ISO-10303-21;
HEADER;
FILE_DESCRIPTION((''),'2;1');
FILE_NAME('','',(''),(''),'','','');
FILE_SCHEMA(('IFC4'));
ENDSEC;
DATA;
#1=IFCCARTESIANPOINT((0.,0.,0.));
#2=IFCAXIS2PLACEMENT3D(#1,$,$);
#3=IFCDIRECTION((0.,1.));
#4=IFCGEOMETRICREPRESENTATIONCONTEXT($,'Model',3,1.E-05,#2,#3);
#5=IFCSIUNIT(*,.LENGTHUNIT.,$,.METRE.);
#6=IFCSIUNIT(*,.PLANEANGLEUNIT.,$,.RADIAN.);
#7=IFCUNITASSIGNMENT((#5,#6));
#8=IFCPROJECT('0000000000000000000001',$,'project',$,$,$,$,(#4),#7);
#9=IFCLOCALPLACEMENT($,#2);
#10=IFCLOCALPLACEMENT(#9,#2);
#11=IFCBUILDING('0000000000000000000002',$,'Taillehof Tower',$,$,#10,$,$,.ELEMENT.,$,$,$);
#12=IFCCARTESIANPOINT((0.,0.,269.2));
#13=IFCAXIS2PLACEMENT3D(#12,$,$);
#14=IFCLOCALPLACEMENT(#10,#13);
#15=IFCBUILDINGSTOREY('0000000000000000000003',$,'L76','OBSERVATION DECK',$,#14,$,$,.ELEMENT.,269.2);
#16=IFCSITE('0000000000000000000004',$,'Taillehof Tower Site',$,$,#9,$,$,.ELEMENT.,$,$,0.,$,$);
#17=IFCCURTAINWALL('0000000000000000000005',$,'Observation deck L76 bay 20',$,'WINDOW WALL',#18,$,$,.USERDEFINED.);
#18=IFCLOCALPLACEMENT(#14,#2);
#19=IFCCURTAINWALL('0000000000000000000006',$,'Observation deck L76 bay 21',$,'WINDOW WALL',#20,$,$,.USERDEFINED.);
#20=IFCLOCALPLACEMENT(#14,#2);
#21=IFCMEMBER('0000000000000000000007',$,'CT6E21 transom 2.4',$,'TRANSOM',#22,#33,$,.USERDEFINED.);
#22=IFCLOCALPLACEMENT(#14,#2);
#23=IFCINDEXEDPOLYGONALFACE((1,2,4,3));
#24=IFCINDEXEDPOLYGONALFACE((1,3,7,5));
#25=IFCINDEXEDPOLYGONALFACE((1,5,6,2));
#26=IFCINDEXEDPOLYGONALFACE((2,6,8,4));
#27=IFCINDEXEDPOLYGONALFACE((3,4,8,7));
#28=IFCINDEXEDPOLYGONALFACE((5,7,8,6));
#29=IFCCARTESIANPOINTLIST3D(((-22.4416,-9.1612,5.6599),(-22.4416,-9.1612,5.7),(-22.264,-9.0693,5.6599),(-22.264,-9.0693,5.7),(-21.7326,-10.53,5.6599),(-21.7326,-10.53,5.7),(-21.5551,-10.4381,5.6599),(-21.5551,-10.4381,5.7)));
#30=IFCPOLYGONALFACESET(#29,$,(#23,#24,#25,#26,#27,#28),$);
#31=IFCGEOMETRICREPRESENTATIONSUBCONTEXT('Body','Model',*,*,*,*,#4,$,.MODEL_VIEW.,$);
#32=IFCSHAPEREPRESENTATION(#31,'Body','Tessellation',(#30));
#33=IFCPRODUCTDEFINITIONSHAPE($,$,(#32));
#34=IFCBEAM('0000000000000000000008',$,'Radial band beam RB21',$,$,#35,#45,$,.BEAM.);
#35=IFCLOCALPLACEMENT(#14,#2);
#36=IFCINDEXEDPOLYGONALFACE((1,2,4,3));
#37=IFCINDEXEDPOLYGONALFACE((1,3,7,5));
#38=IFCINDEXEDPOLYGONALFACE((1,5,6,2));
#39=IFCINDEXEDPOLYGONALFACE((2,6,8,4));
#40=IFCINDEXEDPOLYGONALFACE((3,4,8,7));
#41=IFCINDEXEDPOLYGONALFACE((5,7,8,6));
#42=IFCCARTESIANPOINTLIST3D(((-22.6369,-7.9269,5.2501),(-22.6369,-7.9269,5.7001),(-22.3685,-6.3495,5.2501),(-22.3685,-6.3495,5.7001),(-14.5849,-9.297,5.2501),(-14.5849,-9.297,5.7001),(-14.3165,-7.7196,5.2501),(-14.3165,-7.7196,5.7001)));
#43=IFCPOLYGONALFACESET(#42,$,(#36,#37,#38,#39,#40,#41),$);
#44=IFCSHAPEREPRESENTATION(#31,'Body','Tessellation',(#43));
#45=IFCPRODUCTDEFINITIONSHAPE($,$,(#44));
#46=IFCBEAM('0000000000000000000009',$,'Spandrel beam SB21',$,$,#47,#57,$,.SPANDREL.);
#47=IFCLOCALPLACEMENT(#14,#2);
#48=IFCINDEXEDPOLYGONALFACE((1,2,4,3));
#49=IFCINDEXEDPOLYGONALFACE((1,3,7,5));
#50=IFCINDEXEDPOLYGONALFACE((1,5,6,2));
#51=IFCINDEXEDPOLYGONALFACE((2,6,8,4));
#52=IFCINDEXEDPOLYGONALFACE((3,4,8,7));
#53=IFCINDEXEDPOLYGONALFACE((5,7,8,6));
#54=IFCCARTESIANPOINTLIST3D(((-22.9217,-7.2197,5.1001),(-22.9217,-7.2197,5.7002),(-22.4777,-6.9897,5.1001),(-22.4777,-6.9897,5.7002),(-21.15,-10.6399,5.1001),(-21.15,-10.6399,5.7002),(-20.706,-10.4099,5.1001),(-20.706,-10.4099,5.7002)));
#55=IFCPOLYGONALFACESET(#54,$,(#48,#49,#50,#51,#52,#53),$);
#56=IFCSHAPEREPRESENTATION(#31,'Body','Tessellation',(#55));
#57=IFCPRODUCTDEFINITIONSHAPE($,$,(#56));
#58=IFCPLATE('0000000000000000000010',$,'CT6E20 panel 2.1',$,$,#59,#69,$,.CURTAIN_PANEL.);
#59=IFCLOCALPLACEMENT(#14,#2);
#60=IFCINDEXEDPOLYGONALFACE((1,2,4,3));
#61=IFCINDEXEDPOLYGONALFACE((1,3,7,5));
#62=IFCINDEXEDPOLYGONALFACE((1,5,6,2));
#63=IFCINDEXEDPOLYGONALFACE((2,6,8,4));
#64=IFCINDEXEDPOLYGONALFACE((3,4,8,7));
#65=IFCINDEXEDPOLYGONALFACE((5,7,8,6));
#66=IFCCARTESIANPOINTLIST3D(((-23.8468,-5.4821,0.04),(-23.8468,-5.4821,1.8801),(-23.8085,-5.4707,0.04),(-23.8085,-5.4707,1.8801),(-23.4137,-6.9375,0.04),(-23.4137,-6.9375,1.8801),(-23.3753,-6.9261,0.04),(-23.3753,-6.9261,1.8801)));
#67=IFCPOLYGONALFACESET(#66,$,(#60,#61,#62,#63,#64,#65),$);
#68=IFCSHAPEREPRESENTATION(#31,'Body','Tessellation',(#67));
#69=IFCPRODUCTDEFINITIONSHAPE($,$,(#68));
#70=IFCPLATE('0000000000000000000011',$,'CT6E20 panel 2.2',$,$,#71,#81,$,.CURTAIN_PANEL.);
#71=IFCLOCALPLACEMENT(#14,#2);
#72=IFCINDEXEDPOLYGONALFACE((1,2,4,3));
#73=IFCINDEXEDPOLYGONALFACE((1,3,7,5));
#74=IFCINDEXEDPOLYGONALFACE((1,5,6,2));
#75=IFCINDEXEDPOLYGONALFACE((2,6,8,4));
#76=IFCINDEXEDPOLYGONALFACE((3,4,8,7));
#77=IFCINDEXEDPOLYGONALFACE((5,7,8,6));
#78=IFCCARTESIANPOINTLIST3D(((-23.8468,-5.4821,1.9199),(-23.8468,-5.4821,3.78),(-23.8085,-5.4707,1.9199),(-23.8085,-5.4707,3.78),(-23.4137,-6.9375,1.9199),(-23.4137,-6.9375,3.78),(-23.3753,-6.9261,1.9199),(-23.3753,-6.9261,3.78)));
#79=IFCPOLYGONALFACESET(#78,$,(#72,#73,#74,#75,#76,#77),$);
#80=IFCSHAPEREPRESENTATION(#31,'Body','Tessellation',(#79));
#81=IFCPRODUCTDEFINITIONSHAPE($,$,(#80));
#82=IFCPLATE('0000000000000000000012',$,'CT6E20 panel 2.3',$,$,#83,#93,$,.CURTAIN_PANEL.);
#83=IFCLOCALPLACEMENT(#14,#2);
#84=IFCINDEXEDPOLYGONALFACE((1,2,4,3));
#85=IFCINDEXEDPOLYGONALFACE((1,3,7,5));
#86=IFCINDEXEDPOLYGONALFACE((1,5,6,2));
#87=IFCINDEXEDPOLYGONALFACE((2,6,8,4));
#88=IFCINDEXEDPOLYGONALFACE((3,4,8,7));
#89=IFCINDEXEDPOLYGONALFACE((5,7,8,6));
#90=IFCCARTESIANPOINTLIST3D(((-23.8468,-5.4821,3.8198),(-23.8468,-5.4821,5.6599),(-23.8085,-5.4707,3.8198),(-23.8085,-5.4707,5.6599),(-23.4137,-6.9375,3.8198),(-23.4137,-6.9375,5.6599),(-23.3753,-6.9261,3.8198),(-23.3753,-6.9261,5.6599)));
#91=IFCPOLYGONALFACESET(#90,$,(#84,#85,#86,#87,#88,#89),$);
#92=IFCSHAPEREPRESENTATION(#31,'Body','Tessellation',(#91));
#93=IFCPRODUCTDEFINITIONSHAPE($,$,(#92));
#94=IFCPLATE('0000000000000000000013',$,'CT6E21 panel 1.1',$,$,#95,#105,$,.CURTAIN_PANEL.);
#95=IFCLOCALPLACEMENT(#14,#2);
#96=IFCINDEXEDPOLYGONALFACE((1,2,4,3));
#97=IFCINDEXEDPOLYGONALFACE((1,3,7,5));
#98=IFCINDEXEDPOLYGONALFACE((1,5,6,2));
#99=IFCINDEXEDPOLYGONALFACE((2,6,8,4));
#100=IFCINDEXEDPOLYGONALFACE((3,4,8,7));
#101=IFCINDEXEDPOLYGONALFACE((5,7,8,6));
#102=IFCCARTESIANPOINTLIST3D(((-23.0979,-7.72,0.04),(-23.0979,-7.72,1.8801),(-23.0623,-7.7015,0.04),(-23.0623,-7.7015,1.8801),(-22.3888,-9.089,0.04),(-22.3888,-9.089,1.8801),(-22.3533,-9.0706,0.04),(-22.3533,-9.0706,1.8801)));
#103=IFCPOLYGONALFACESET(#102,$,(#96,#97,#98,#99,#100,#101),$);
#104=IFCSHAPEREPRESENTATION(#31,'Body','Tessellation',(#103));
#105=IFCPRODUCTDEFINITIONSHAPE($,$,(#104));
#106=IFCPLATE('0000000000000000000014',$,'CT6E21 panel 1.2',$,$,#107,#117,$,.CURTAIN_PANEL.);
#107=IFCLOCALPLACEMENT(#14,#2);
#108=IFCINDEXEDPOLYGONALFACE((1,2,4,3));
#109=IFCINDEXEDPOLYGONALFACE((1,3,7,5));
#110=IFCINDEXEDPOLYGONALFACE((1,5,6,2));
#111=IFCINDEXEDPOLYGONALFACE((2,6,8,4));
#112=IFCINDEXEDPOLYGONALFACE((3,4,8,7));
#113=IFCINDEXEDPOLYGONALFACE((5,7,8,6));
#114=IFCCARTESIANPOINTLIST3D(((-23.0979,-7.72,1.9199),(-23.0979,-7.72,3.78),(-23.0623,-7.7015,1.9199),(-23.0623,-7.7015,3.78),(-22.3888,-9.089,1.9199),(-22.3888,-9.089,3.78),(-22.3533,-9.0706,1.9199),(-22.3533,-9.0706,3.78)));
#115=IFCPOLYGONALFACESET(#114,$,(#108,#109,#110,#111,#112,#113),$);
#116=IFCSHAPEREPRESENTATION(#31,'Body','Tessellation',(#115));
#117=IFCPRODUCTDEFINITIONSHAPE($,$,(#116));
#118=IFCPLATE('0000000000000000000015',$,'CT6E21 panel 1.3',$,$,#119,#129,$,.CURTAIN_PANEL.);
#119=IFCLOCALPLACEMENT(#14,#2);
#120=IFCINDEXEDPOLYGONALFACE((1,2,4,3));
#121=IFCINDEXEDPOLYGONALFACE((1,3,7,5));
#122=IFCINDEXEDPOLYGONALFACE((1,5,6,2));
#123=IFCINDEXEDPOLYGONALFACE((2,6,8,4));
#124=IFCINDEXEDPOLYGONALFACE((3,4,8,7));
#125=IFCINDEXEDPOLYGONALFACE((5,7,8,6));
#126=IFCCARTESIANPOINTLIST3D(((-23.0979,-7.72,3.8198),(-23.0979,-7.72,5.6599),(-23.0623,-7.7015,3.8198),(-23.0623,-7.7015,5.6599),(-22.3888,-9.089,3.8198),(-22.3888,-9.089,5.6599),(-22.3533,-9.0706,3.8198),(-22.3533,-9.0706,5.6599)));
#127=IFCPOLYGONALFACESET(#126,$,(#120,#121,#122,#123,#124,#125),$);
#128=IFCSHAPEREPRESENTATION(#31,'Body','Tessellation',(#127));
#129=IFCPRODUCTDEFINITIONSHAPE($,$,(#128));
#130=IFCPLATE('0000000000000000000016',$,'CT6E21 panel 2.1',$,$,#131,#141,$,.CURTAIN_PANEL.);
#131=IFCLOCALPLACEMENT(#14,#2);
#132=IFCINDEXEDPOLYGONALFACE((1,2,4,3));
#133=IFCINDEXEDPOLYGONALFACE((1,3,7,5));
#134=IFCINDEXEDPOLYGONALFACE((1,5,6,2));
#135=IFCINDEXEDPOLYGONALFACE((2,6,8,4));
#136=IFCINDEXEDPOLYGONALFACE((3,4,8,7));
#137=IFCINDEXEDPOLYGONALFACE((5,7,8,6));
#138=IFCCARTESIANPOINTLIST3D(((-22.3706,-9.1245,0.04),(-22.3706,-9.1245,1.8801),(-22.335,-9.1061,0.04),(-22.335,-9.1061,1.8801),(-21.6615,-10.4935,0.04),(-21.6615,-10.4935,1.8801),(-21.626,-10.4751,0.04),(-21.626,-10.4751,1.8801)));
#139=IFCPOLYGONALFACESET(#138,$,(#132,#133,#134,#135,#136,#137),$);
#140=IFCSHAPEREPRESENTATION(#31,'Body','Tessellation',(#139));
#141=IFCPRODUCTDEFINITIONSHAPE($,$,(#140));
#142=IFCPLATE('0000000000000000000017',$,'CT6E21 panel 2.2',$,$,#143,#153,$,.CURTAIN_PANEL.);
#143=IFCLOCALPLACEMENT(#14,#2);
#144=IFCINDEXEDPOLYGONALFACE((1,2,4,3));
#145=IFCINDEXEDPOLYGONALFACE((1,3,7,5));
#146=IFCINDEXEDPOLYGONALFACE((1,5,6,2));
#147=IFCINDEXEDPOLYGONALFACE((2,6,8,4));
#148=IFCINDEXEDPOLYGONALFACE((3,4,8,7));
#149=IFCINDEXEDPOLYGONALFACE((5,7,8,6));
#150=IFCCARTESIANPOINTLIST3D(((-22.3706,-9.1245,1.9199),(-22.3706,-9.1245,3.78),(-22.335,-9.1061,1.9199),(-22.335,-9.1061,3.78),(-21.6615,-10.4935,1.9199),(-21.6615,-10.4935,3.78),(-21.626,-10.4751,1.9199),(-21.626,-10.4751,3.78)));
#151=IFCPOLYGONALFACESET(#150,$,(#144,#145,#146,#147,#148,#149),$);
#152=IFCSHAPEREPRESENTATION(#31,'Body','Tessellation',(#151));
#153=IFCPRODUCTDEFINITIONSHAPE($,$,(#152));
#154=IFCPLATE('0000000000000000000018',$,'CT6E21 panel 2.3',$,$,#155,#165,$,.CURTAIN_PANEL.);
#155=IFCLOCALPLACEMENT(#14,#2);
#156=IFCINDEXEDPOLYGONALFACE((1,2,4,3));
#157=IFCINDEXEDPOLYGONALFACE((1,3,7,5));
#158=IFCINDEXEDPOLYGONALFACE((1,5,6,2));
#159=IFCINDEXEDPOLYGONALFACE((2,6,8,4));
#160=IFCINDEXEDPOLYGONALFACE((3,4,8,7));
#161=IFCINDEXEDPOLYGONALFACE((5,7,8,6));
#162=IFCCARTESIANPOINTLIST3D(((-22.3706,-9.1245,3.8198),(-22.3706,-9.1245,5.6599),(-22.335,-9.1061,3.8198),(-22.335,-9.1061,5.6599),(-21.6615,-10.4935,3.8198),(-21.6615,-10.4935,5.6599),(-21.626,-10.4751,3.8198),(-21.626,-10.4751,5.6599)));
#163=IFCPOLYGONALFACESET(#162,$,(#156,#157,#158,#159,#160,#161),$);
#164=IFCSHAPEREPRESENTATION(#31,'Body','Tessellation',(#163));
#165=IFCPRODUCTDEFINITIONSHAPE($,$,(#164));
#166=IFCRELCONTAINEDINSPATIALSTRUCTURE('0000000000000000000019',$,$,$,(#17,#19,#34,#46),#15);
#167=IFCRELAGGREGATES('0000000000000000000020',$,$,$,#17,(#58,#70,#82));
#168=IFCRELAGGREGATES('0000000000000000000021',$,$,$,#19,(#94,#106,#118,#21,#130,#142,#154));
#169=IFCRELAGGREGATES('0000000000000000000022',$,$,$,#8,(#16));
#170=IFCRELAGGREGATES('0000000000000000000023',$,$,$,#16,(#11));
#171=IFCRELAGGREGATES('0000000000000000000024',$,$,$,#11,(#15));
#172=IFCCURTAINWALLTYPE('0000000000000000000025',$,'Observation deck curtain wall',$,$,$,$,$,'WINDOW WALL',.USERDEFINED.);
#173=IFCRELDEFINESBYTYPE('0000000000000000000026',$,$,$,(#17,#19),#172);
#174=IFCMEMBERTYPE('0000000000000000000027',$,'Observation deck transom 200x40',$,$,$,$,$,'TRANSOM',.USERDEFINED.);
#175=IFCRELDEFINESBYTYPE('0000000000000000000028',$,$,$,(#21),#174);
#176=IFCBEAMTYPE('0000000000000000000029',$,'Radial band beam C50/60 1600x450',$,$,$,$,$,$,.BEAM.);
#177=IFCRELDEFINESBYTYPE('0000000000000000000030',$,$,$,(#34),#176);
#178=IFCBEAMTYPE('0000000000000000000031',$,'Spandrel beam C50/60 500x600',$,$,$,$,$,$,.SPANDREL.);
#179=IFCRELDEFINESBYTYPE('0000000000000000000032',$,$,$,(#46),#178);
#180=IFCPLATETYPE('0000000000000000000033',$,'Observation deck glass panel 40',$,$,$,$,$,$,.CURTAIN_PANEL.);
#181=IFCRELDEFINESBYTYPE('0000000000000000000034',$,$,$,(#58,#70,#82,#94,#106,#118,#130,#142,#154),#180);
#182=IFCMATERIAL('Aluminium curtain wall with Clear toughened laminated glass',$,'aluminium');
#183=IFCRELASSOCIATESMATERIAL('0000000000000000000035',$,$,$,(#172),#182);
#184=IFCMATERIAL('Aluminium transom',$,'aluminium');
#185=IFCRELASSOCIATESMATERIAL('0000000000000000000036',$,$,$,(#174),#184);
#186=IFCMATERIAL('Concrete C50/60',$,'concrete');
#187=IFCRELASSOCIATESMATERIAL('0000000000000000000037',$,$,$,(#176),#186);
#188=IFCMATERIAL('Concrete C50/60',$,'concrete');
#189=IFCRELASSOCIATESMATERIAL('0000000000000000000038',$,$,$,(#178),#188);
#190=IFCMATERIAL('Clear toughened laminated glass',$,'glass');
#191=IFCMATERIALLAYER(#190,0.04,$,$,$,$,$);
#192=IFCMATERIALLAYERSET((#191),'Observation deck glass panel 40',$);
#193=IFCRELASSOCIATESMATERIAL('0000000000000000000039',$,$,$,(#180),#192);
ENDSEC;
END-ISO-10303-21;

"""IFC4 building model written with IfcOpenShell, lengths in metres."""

from ifc_helpers import new_model, si_unit, direction, frame, origin, origin_2d, place, context, subcontext, project, spatial, rectangle, extrude, material, layer, layer_set, material_profile, profile_set, type_object, element, aggregate, save


model = new_model("IFC4")

# Units and contexts
model_context = context("Model", 3, precision=1e-05, world=origin(), true_north=direction((0.0, 1.0)))
body_context = subcontext(model_context, "Body", "Model", "MODEL_VIEW")
ifc_project = project(units=[si_unit("LENGTHUNIT", "METRE"), si_unit("PLANEANGLEUNIT", "RADIAN")], contexts=[model_context])

# Site, building, storey
site_placement = place(None, origin())
site = spatial("IfcSite", under=ifc_project, at=site_placement, Name="Taillehof Tower Site", CompositionType="ELEMENT", RefElevation=0.0)
building_placement = place(site_placement, origin())
building = spatial("IfcBuilding", under=site, at=building_placement, Name="Taillehof Tower", CompositionType="ELEMENT")
storey_placement = place(building_placement, frame((0.0, 0.0, 269.2)))
storey = spatial("IfcBuildingStorey", under=building, at=storey_placement, Name="L76", Description="OBSERVATION DECK", CompositionType="ELEMENT", Elevation=269.2)

# Curtain wall
ifc_material_1 = material(Name="Aluminium curtain wall with Clear toughened laminated glass", Category="aluminium")
curtain_wall_type = type_object("IfcCurtainWallType", Name="Observation deck curtain wall", ElementType="WINDOW WALL", PredefinedType="USERDEFINED", material=ifc_material_1)
curtain_wall_1_placement = place(storey_placement, origin())
curtain_wall_1 = element("IfcCurtainWall", 1, at=curtain_wall_1_placement, inside=storey, type_object=curtain_wall_type, Name="Observation deck L76 bay 20", ObjectType="WINDOW WALL", PredefinedType="USERDEFINED")

# Curtain wall
curtain_wall_2_placement = place(storey_placement, origin())
curtain_wall_2 = element("IfcCurtainWall", 2, at=curtain_wall_2_placement, inside=storey, type_object=curtain_wall_type, Name="Observation deck L76 bay 21", ObjectType="WINDOW WALL", PredefinedType="USERDEFINED")

# Member
ifc_material_2 = material(Name="Aluminium transom", Category="aluminium")
ifc_material_profile_1 = material_profile(ifc_material_2, rectangle(XDim=0.2, YDim=0.04, at=origin_2d()), Name="AL 200x40")
ifc_profile_set_1 = profile_set([ifc_material_profile_1], Name="Aluminium transom")
member_type_1 = type_object("IfcMemberType", Name="Observation deck transom 200x40", ElementType="TRANSOM", PredefinedType="USERDEFINED", material=ifc_profile_set_1)
member_1_placement = place(storey_placement, frame((-22.3528, -9.1152, 5.6799), z_axis=(0.459901, -0.88797, 0.0), x_axis=(0.88797, 0.459901, 0.0)))
member_1 = element("IfcMember", 3, at=member_1_placement, type_object=member_type_1, Name="CT6E21 transom 2.4", ObjectType="TRANSOM", PredefinedType="USERDEFINED", context=body_context, shape_type="SweptSolid", body=[
    extrude(rectangle(XDim=0.2, YDim=0.04, at=origin_2d()), origin(), (0.0, 0.0, 1.0), 1.5415),
])

# Beams
ifc_material_3 = material(Name="Concrete C50/60", Category="concrete")
ifc_material_profile_2 = material_profile(ifc_material_3, rectangle(XDim=1.6001, YDim=0.45, at=origin_2d()), Name="RC 1600x450")
ifc_profile_set_2 = profile_set([ifc_material_profile_2], Name="Concrete C50/60")
beam_type_1 = type_object("IfcBeamType", Name="Radial band beam C50/60 1600x450", PredefinedType="BEAM", material=ifc_profile_set_2)
beam_1_placement = place(storey_placement, frame((-22.5027, -7.1382, 5.4751), z_axis=(0.98583, -0.167747, 0.0), x_axis=(0.167747, 0.98583, 0.0)))
element("IfcBeam", 4, at=beam_1_placement, inside=storey, type_object=beam_type_1, Name="Radial band beam RB21", PredefinedType="BEAM", context=body_context, shape_type="SweptSolid", body=[
    extrude(rectangle(XDim=1.6001, YDim=0.45, at=origin_2d()), origin(), (0.0, 0.0, 1.0), 8.1677),
])
ifc_material_4 = material(Name="Concrete C50/60", Category="concrete")
ifc_material_profile_3 = material_profile(ifc_material_4, rectangle(XDim=0.5, YDim=0.6001, at=origin_2d()), Name="RC 500x600")
ifc_profile_set_3 = profile_set([ifc_material_profile_3], Name="Concrete C50/60")
beam_type_2 = type_object("IfcBeamType", Name="Spandrel beam C50/60 500x600", PredefinedType="SPANDREL", material=ifc_profile_set_3)
beam_2_placement = place(storey_placement, frame((-22.6997, -7.1047, 5.4001), z_axis=(0.459971, -0.887934, 0.0), x_axis=(0.887934, 0.459971, 0.0)))
element("IfcBeam", 5, at=beam_2_placement, inside=storey, type_object=beam_type_2, Name="Spandrel beam SB21", PredefinedType="SPANDREL", context=body_context, shape_type="SweptSolid", body=[
    extrude(rectangle(XDim=0.5, YDim=0.6001, at=origin_2d()), origin(), (0.0, 0.0, 1.0), 3.8518),
])

# Plates
ifc_material_5 = material(Name="Clear toughened laminated glass", Category="glass")
ifc_layer = layer(ifc_material_5, 0.04)
ifc_layer_set = layer_set([ifc_layer], Name="Observation deck glass panel 40")
plate_type = type_object("IfcPlateType", Name="Observation deck glass panel 40", PredefinedType="CURTAIN_PANEL", material=ifc_layer_set)
plate_1_placement = place(storey_placement, frame((-23.6111, -6.2041, 0.04), z_axis=(0.0, 0.0, 1.0), x_axis=(0.285236, -0.958457, 0.0)))
plate_1 = element("IfcPlate", 6, at=plate_1_placement, type_object=plate_type, Name="CT6E20 panel 2.1", PredefinedType="CURTAIN_PANEL", context=body_context, shape_type="SweptSolid", body=[
    extrude(rectangle(XDim=1.5186, YDim=0.04, at=origin_2d()), origin(), (0.0, 0.0, 1.0), 1.8401),
])
plate_2_placement = place(storey_placement, frame((-23.6111, -6.2041, 1.9199), z_axis=(0.0, 0.0, 1.0), x_axis=(0.285236, -0.958457, 0.0)))
plate_2 = element("IfcPlate", 7, at=plate_2_placement, type_object=plate_type, Name="CT6E20 panel 2.2", PredefinedType="CURTAIN_PANEL", context=body_context, shape_type="SweptSolid", body=[
    extrude(rectangle(XDim=1.5186, YDim=0.04, at=origin_2d()), origin(), (0.0, 0.0, 1.0), 1.8601),
])
plate_3_placement = place(storey_placement, frame((-23.6111, -6.2041, 3.8198), z_axis=(0.0, 0.0, 1.0), x_axis=(0.285236, -0.958457, 0.0)))
plate_3 = element("IfcPlate", 8, at=plate_3_placement, type_object=plate_type, Name="CT6E20 panel 2.3", PredefinedType="CURTAIN_PANEL", context=body_context, shape_type="SweptSolid", body=[
    extrude(rectangle(XDim=1.5186, YDim=0.04, at=origin_2d()), origin(), (0.0, 0.0, 1.0), 1.8401),
])
aggregate(curtain_wall_1, [plate_1, plate_2, plate_3])
plate_4_placement = place(storey_placement, frame((-22.7256, -8.3953, 0.04), z_axis=(0.0, 0.0, 1.0), x_axis=(0.459891, -0.887975, 0.0)))
plate_4 = element("IfcPlate", 9, at=plate_4_placement, type_object=plate_type, Name="CT6E21 panel 1.1", PredefinedType="CURTAIN_PANEL", context=body_context, shape_type="SweptSolid", body=[
    extrude(rectangle(XDim=1.5417, YDim=0.04, at=origin_2d()), origin(), (0.0, 0.0, 1.0), 1.8401),
])
plate_5_placement = place(storey_placement, frame((-22.7256, -8.3953, 1.9199), z_axis=(0.0, 0.0, 1.0), x_axis=(0.459891, -0.887975, 0.0)))
plate_5 = element("IfcPlate", 10, at=plate_5_placement, type_object=plate_type, Name="CT6E21 panel 1.2", PredefinedType="CURTAIN_PANEL", context=body_context, shape_type="SweptSolid", body=[
    extrude(rectangle(XDim=1.5417, YDim=0.04, at=origin_2d()), origin(), (0.0, 0.0, 1.0), 1.8601),
])
plate_6_placement = place(storey_placement, frame((-22.7256, -8.3953, 3.8198), z_axis=(0.0, 0.0, 1.0), x_axis=(0.459891, -0.887975, 0.0)))
plate_6 = element("IfcPlate", 11, at=plate_6_placement, type_object=plate_type, Name="CT6E21 panel 1.3", PredefinedType="CURTAIN_PANEL", context=body_context, shape_type="SweptSolid", body=[
    extrude(rectangle(XDim=1.5417, YDim=0.04, at=origin_2d()), origin(), (0.0, 0.0, 1.0), 1.8401),
])
plate_7_placement = place(storey_placement, frame((-21.9983, -9.7998, 0.04), z_axis=(0.0, 0.0, 1.0), x_axis=(0.459891, -0.887975, 0.0)))
plate_7 = element("IfcPlate", 12, at=plate_7_placement, type_object=plate_type, Name="CT6E21 panel 2.1", PredefinedType="CURTAIN_PANEL", context=body_context, shape_type="SweptSolid", body=[
    extrude(rectangle(XDim=1.5417, YDim=0.04, at=origin_2d()), origin(), (0.0, 0.0, 1.0), 1.8401),
])
plate_8_placement = place(storey_placement, frame((-21.9983, -9.7998, 1.9199), z_axis=(0.0, 0.0, 1.0), x_axis=(0.459891, -0.887975, 0.0)))
plate_8 = element("IfcPlate", 13, at=plate_8_placement, type_object=plate_type, Name="CT6E21 panel 2.2", PredefinedType="CURTAIN_PANEL", context=body_context, shape_type="SweptSolid", body=[
    extrude(rectangle(XDim=1.5417, YDim=0.04, at=origin_2d()), origin(), (0.0, 0.0, 1.0), 1.8601),
])
plate_9_placement = place(storey_placement, frame((-21.9983, -9.7998, 3.8198), z_axis=(0.0, 0.0, 1.0), x_axis=(0.459891, -0.887975, 0.0)))
plate_9 = element("IfcPlate", 14, at=plate_9_placement, type_object=plate_type, Name="CT6E21 panel 2.3", PredefinedType="CURTAIN_PANEL", context=body_context, shape_type="SweptSolid", body=[
    extrude(rectangle(XDim=1.5417, YDim=0.04, at=origin_2d()), origin(), (0.0, 0.0, 1.0), 1.8401),
])
aggregate(curtain_wall_2, [plate_4, plate_5, plate_6, member_1, plate_7, plate_8, plate_9])

save(model, "model.ifc")
